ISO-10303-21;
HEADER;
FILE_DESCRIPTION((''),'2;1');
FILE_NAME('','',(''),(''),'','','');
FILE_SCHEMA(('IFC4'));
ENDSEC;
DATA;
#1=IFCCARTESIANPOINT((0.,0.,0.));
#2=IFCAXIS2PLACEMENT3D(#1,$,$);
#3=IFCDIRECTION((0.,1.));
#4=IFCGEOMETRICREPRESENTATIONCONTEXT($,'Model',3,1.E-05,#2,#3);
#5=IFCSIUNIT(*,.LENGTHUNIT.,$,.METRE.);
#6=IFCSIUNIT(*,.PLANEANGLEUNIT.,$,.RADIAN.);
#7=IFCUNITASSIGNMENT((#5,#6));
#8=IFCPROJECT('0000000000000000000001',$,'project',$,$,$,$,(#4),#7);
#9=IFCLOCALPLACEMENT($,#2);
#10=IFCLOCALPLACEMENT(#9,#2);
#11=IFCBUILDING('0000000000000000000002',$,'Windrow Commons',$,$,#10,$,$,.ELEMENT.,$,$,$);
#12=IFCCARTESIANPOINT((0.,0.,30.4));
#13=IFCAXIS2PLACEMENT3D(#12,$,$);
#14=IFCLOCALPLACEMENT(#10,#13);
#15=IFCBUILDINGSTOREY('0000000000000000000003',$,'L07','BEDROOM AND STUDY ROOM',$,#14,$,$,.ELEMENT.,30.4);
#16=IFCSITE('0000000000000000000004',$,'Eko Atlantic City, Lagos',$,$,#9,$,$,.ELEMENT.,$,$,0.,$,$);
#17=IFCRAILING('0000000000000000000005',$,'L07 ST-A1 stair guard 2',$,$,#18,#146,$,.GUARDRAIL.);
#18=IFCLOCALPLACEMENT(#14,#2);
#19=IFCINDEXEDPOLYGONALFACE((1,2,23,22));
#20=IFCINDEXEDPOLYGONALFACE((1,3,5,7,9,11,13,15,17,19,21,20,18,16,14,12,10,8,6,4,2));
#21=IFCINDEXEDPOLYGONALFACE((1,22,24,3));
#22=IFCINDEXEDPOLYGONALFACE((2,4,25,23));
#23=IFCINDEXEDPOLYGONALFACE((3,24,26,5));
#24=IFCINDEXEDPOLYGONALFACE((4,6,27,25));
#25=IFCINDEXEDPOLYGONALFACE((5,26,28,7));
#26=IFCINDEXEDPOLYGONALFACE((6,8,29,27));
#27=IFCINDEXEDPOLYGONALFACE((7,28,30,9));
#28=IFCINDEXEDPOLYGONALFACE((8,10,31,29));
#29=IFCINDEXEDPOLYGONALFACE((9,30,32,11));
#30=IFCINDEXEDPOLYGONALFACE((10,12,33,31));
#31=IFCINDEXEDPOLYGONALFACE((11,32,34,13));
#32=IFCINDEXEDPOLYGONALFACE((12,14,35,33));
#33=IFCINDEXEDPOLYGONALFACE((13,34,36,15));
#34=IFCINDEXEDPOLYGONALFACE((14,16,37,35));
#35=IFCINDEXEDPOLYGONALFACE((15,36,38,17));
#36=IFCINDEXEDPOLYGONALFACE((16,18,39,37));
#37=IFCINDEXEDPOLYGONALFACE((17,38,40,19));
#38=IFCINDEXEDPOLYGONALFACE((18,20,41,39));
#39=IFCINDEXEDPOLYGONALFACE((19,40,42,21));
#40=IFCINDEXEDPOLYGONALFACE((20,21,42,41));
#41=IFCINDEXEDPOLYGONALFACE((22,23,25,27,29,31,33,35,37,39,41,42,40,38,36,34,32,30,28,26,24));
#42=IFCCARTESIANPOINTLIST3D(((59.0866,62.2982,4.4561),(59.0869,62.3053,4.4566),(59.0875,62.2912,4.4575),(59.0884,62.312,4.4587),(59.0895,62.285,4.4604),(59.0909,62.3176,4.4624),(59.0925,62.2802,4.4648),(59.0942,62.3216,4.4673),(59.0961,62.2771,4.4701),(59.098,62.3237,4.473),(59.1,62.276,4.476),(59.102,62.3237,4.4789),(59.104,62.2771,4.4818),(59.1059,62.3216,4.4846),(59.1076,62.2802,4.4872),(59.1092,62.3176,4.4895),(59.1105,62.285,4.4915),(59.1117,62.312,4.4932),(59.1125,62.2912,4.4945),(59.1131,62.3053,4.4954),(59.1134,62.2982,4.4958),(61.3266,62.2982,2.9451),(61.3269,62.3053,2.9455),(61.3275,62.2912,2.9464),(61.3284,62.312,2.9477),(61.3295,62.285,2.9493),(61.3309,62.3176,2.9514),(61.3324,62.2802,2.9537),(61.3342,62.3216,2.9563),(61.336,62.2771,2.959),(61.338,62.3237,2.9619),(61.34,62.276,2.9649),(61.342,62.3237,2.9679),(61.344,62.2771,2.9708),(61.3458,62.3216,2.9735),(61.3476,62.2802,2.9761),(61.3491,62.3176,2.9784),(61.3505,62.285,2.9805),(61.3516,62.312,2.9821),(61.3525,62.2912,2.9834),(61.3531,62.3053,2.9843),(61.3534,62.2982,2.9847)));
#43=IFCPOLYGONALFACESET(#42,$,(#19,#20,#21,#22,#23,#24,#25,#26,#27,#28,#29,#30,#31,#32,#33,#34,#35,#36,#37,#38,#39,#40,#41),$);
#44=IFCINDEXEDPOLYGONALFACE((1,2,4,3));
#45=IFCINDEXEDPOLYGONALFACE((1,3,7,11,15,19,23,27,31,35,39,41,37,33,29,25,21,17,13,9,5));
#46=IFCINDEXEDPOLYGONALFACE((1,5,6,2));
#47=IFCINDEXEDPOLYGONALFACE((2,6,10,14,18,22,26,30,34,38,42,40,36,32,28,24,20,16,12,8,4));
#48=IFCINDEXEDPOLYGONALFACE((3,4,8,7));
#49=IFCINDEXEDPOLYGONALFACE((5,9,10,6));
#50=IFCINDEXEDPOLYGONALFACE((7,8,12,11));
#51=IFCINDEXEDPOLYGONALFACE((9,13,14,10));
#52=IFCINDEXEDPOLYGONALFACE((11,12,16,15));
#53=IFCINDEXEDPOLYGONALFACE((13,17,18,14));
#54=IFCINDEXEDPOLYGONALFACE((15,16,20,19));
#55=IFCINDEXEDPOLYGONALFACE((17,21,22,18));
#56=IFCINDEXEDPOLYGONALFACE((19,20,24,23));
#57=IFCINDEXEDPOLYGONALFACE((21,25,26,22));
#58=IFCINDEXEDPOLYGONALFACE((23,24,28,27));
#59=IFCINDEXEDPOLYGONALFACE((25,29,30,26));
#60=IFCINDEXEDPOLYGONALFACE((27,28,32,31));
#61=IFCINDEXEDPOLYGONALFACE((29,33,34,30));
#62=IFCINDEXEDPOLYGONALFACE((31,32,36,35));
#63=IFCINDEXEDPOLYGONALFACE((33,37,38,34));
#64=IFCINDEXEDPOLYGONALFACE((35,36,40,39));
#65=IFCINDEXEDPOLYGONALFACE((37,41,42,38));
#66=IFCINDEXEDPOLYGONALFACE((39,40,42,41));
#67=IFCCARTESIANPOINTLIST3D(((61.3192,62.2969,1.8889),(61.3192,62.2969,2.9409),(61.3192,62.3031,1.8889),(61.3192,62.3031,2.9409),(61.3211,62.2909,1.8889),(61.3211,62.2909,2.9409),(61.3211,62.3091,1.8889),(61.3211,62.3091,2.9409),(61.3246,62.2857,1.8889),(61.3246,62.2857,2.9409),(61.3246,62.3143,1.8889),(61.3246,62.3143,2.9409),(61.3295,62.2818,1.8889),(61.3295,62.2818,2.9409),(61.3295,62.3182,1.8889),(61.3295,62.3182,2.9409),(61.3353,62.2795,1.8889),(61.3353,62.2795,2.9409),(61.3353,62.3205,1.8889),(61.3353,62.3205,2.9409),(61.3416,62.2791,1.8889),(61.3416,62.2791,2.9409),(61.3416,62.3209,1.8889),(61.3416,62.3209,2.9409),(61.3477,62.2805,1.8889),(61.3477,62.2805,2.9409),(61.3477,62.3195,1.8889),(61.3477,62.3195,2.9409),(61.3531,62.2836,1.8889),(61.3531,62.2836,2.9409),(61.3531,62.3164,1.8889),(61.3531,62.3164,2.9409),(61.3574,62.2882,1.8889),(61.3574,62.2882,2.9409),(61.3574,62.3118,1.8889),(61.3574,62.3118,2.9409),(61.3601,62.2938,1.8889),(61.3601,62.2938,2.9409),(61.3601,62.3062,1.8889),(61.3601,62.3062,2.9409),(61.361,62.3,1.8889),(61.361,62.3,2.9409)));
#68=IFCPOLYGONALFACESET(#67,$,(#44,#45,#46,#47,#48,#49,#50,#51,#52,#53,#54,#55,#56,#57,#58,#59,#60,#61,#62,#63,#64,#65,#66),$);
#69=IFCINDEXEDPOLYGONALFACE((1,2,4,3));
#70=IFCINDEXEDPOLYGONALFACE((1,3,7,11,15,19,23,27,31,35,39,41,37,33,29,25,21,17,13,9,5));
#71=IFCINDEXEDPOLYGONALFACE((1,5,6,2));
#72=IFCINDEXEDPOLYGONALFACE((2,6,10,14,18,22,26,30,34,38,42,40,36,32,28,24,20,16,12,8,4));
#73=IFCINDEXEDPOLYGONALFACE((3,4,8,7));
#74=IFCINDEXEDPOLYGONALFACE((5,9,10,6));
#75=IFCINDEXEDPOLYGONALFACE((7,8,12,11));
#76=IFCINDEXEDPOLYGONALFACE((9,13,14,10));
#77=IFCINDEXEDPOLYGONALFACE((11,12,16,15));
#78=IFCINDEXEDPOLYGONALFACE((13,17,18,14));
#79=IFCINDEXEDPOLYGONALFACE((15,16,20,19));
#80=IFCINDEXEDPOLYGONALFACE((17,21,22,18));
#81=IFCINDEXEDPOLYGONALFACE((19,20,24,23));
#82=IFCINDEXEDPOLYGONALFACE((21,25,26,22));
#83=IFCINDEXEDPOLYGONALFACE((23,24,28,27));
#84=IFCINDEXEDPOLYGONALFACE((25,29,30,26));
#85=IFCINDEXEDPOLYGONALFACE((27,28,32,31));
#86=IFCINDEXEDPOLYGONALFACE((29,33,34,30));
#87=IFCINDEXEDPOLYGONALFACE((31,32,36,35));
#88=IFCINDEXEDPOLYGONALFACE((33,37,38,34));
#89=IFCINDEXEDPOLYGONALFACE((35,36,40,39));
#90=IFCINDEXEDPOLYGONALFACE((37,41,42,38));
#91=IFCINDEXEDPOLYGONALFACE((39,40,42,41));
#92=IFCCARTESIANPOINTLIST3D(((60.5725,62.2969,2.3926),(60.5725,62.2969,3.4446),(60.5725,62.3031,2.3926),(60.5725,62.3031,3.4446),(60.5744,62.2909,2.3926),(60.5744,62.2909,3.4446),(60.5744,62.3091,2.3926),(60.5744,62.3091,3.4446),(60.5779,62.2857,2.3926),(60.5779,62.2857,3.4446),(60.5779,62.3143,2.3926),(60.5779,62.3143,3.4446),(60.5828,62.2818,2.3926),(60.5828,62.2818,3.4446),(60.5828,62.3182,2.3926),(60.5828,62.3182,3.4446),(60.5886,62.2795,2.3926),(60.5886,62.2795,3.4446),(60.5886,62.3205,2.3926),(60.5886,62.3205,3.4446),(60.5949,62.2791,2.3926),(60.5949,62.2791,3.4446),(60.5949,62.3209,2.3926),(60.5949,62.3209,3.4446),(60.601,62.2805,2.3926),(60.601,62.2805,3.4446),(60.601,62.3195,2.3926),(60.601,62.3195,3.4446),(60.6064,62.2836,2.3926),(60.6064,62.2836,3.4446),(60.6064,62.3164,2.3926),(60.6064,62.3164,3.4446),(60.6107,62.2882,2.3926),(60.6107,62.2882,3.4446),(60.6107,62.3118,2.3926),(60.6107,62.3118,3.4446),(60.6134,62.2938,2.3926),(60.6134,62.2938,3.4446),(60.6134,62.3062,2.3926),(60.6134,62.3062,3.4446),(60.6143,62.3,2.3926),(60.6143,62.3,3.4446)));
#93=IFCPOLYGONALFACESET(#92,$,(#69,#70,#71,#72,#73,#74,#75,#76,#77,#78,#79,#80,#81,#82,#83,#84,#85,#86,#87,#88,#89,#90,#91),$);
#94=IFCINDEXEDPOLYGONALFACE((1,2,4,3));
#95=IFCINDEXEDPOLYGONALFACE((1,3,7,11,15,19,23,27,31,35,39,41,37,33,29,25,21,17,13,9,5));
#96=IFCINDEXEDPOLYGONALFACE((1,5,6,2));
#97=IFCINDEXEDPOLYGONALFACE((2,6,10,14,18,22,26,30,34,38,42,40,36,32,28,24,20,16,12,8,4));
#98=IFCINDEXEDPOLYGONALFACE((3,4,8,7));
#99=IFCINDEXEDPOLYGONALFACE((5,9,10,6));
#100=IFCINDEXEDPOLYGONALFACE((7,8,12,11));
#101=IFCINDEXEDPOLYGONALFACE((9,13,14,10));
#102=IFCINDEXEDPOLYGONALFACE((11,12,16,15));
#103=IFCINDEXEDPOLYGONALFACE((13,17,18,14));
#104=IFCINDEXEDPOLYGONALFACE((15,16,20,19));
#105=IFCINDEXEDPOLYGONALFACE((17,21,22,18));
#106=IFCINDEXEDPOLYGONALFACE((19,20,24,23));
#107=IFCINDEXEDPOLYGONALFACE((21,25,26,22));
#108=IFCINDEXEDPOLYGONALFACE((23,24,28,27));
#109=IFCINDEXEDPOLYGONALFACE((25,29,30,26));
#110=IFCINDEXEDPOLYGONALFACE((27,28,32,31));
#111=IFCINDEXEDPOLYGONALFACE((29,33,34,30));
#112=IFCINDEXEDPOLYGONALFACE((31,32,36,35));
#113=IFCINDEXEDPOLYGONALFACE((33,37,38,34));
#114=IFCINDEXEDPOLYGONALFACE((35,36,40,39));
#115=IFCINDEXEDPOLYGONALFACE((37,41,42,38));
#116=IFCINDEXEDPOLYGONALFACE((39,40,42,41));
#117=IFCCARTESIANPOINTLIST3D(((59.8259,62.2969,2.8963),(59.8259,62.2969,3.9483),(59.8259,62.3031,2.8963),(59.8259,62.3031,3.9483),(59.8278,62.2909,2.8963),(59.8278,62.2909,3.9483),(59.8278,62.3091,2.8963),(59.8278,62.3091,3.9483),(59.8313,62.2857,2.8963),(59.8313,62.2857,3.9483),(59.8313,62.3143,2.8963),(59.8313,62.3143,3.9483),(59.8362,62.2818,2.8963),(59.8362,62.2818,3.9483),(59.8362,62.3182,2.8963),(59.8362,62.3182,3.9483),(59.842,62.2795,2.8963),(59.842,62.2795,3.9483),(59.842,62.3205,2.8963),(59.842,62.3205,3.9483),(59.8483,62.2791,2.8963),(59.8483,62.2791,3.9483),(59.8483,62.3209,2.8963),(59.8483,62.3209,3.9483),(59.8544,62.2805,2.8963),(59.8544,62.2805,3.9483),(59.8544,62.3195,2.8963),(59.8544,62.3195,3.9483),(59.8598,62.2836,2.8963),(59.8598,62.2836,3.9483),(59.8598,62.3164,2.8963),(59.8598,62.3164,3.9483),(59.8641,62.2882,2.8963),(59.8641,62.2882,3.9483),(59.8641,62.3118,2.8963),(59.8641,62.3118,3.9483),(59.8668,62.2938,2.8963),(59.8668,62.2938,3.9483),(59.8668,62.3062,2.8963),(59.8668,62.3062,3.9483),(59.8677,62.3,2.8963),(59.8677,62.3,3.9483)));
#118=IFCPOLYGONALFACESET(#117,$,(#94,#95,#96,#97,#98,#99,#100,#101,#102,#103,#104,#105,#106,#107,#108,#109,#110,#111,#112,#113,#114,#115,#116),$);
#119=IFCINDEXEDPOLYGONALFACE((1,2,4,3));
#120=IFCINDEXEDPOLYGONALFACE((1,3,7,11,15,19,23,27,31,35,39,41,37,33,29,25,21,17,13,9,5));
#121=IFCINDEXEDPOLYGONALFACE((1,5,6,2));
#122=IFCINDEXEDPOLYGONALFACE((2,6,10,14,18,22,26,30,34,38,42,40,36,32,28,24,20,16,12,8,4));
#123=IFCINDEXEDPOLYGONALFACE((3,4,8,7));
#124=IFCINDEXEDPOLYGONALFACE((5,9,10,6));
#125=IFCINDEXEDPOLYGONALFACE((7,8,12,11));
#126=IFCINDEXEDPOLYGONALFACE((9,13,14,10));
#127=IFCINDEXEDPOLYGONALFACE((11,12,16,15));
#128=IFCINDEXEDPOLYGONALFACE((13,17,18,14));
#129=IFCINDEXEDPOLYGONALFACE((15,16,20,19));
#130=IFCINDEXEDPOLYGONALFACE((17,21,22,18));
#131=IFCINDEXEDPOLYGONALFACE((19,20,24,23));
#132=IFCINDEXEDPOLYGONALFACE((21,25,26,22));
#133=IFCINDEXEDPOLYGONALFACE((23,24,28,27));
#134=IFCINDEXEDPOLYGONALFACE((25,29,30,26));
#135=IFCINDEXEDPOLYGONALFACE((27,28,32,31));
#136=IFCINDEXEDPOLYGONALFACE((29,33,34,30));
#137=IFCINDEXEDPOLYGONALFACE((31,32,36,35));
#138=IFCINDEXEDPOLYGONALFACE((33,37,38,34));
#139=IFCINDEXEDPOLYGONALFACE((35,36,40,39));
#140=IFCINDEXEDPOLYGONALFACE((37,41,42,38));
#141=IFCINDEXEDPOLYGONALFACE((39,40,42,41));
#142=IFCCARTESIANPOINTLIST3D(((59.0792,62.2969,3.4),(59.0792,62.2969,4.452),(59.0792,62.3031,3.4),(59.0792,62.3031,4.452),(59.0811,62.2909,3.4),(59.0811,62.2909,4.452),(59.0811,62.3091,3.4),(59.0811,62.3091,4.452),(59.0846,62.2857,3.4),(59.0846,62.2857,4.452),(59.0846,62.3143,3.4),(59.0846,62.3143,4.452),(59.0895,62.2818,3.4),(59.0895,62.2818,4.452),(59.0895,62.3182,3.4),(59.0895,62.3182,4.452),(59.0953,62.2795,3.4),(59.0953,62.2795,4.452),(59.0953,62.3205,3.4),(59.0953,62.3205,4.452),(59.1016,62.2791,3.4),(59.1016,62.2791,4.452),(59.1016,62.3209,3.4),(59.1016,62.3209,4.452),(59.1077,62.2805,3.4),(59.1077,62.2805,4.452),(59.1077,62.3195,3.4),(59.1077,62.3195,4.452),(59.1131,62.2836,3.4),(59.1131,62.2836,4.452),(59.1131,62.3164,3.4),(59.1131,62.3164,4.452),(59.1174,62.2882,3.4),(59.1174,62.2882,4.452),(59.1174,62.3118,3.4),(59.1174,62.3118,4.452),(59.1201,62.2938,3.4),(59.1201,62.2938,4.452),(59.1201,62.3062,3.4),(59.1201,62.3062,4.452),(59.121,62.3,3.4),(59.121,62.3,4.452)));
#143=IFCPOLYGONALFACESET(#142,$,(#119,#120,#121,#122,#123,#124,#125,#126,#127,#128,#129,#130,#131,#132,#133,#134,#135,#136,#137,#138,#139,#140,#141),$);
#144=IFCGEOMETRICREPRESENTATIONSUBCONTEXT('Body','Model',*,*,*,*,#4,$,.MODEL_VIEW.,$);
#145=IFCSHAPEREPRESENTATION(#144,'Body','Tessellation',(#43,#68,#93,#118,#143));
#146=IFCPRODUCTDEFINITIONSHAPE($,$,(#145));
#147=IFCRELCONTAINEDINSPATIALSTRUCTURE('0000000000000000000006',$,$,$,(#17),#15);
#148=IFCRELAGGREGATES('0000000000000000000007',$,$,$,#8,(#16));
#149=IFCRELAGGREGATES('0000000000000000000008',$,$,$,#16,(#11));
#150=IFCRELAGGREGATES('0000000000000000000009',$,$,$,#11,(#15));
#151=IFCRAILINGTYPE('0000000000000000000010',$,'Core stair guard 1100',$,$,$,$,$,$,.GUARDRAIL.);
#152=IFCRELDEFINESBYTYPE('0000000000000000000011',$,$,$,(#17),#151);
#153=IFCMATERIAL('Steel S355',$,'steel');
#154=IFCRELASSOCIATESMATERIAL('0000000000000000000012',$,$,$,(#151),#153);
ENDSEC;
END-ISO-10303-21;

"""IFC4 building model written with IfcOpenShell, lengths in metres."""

from ifc_helpers import new_model, si_unit, direction, frame, origin, origin_2d, place, context, subcontext, project, spatial, circle, extrude, material, type_object, element, save


model = new_model("IFC4")

# Units and contexts
model_context = context("Model", 3, precision=1e-05, world=origin(), true_north=direction((0.0, 1.0)))
body_context = subcontext(model_context, "Body", "Model", "MODEL_VIEW")
ifc_project = project(units=[si_unit("LENGTHUNIT", "METRE"), si_unit("PLANEANGLEUNIT", "RADIAN")], contexts=[model_context])

# Site, building, storey
site_placement = place(None, origin())
site = spatial("IfcSite", under=ifc_project, at=site_placement, Name="Eko Atlantic City, Lagos", CompositionType="ELEMENT", RefElevation=0.0)
building_placement = place(site_placement, origin())
building = spatial("IfcBuilding", under=site, at=building_placement, Name="Windrow Commons", CompositionType="ELEMENT")
storey_placement = place(building_placement, frame((0.0, 0.0, 30.4)))
storey = spatial("IfcBuildingStorey", under=building, at=storey_placement, Name="L07", Description="BEDROOM AND STUDY ROOM", CompositionType="ELEMENT", Elevation=30.4)

# Railing
ifc_material_1 = material(Name="Steel S355", Category="steel")
railing_type_1 = type_object("IfcRailingType", Name="Core stair guard 1100", PredefinedType="GUARDRAIL", material=ifc_material_1)
railing_1_placement = place(storey_placement, frame((61.34, 62.3, 1.8889)))
element("IfcRailing", 1, at=railing_1_placement, inside=storey, type_object=railing_type_1, Name="L07 ST-A1 stair guard 2", PredefinedType="GUARDRAIL", context=body_context, shape_type="SweptSolid", body=[
    extrude(circle(Radius=0.024, at=origin_2d()), frame((0.0, 0.0, 1.076), z_axis=(-0.829003, 0.0, 0.559244), x_axis=(0.0, -1.0, 0.0)), (0.0, 0.0, 1.0), 2.702),
    extrude(circle(Radius=0.021, at=origin_2d()), origin(), (0.0, 0.0, 1.0), 1.052),
    extrude(circle(Radius=0.021, at=origin_2d()), frame((-0.7467, 0.0, 0.5037)), (0.0, 0.0, 1.0), 1.052),
    extrude(circle(Radius=0.021, at=origin_2d()), frame((-1.4933, 0.0, 1.0074)), (0.0, 0.0, 1.0), 1.052),
    extrude(circle(Radius=0.021, at=origin_2d()), frame((-2.24, 0.0, 1.5111)), (0.0, 0.0, 1.0), 1.052),
])

save(model, "model.ifc")
